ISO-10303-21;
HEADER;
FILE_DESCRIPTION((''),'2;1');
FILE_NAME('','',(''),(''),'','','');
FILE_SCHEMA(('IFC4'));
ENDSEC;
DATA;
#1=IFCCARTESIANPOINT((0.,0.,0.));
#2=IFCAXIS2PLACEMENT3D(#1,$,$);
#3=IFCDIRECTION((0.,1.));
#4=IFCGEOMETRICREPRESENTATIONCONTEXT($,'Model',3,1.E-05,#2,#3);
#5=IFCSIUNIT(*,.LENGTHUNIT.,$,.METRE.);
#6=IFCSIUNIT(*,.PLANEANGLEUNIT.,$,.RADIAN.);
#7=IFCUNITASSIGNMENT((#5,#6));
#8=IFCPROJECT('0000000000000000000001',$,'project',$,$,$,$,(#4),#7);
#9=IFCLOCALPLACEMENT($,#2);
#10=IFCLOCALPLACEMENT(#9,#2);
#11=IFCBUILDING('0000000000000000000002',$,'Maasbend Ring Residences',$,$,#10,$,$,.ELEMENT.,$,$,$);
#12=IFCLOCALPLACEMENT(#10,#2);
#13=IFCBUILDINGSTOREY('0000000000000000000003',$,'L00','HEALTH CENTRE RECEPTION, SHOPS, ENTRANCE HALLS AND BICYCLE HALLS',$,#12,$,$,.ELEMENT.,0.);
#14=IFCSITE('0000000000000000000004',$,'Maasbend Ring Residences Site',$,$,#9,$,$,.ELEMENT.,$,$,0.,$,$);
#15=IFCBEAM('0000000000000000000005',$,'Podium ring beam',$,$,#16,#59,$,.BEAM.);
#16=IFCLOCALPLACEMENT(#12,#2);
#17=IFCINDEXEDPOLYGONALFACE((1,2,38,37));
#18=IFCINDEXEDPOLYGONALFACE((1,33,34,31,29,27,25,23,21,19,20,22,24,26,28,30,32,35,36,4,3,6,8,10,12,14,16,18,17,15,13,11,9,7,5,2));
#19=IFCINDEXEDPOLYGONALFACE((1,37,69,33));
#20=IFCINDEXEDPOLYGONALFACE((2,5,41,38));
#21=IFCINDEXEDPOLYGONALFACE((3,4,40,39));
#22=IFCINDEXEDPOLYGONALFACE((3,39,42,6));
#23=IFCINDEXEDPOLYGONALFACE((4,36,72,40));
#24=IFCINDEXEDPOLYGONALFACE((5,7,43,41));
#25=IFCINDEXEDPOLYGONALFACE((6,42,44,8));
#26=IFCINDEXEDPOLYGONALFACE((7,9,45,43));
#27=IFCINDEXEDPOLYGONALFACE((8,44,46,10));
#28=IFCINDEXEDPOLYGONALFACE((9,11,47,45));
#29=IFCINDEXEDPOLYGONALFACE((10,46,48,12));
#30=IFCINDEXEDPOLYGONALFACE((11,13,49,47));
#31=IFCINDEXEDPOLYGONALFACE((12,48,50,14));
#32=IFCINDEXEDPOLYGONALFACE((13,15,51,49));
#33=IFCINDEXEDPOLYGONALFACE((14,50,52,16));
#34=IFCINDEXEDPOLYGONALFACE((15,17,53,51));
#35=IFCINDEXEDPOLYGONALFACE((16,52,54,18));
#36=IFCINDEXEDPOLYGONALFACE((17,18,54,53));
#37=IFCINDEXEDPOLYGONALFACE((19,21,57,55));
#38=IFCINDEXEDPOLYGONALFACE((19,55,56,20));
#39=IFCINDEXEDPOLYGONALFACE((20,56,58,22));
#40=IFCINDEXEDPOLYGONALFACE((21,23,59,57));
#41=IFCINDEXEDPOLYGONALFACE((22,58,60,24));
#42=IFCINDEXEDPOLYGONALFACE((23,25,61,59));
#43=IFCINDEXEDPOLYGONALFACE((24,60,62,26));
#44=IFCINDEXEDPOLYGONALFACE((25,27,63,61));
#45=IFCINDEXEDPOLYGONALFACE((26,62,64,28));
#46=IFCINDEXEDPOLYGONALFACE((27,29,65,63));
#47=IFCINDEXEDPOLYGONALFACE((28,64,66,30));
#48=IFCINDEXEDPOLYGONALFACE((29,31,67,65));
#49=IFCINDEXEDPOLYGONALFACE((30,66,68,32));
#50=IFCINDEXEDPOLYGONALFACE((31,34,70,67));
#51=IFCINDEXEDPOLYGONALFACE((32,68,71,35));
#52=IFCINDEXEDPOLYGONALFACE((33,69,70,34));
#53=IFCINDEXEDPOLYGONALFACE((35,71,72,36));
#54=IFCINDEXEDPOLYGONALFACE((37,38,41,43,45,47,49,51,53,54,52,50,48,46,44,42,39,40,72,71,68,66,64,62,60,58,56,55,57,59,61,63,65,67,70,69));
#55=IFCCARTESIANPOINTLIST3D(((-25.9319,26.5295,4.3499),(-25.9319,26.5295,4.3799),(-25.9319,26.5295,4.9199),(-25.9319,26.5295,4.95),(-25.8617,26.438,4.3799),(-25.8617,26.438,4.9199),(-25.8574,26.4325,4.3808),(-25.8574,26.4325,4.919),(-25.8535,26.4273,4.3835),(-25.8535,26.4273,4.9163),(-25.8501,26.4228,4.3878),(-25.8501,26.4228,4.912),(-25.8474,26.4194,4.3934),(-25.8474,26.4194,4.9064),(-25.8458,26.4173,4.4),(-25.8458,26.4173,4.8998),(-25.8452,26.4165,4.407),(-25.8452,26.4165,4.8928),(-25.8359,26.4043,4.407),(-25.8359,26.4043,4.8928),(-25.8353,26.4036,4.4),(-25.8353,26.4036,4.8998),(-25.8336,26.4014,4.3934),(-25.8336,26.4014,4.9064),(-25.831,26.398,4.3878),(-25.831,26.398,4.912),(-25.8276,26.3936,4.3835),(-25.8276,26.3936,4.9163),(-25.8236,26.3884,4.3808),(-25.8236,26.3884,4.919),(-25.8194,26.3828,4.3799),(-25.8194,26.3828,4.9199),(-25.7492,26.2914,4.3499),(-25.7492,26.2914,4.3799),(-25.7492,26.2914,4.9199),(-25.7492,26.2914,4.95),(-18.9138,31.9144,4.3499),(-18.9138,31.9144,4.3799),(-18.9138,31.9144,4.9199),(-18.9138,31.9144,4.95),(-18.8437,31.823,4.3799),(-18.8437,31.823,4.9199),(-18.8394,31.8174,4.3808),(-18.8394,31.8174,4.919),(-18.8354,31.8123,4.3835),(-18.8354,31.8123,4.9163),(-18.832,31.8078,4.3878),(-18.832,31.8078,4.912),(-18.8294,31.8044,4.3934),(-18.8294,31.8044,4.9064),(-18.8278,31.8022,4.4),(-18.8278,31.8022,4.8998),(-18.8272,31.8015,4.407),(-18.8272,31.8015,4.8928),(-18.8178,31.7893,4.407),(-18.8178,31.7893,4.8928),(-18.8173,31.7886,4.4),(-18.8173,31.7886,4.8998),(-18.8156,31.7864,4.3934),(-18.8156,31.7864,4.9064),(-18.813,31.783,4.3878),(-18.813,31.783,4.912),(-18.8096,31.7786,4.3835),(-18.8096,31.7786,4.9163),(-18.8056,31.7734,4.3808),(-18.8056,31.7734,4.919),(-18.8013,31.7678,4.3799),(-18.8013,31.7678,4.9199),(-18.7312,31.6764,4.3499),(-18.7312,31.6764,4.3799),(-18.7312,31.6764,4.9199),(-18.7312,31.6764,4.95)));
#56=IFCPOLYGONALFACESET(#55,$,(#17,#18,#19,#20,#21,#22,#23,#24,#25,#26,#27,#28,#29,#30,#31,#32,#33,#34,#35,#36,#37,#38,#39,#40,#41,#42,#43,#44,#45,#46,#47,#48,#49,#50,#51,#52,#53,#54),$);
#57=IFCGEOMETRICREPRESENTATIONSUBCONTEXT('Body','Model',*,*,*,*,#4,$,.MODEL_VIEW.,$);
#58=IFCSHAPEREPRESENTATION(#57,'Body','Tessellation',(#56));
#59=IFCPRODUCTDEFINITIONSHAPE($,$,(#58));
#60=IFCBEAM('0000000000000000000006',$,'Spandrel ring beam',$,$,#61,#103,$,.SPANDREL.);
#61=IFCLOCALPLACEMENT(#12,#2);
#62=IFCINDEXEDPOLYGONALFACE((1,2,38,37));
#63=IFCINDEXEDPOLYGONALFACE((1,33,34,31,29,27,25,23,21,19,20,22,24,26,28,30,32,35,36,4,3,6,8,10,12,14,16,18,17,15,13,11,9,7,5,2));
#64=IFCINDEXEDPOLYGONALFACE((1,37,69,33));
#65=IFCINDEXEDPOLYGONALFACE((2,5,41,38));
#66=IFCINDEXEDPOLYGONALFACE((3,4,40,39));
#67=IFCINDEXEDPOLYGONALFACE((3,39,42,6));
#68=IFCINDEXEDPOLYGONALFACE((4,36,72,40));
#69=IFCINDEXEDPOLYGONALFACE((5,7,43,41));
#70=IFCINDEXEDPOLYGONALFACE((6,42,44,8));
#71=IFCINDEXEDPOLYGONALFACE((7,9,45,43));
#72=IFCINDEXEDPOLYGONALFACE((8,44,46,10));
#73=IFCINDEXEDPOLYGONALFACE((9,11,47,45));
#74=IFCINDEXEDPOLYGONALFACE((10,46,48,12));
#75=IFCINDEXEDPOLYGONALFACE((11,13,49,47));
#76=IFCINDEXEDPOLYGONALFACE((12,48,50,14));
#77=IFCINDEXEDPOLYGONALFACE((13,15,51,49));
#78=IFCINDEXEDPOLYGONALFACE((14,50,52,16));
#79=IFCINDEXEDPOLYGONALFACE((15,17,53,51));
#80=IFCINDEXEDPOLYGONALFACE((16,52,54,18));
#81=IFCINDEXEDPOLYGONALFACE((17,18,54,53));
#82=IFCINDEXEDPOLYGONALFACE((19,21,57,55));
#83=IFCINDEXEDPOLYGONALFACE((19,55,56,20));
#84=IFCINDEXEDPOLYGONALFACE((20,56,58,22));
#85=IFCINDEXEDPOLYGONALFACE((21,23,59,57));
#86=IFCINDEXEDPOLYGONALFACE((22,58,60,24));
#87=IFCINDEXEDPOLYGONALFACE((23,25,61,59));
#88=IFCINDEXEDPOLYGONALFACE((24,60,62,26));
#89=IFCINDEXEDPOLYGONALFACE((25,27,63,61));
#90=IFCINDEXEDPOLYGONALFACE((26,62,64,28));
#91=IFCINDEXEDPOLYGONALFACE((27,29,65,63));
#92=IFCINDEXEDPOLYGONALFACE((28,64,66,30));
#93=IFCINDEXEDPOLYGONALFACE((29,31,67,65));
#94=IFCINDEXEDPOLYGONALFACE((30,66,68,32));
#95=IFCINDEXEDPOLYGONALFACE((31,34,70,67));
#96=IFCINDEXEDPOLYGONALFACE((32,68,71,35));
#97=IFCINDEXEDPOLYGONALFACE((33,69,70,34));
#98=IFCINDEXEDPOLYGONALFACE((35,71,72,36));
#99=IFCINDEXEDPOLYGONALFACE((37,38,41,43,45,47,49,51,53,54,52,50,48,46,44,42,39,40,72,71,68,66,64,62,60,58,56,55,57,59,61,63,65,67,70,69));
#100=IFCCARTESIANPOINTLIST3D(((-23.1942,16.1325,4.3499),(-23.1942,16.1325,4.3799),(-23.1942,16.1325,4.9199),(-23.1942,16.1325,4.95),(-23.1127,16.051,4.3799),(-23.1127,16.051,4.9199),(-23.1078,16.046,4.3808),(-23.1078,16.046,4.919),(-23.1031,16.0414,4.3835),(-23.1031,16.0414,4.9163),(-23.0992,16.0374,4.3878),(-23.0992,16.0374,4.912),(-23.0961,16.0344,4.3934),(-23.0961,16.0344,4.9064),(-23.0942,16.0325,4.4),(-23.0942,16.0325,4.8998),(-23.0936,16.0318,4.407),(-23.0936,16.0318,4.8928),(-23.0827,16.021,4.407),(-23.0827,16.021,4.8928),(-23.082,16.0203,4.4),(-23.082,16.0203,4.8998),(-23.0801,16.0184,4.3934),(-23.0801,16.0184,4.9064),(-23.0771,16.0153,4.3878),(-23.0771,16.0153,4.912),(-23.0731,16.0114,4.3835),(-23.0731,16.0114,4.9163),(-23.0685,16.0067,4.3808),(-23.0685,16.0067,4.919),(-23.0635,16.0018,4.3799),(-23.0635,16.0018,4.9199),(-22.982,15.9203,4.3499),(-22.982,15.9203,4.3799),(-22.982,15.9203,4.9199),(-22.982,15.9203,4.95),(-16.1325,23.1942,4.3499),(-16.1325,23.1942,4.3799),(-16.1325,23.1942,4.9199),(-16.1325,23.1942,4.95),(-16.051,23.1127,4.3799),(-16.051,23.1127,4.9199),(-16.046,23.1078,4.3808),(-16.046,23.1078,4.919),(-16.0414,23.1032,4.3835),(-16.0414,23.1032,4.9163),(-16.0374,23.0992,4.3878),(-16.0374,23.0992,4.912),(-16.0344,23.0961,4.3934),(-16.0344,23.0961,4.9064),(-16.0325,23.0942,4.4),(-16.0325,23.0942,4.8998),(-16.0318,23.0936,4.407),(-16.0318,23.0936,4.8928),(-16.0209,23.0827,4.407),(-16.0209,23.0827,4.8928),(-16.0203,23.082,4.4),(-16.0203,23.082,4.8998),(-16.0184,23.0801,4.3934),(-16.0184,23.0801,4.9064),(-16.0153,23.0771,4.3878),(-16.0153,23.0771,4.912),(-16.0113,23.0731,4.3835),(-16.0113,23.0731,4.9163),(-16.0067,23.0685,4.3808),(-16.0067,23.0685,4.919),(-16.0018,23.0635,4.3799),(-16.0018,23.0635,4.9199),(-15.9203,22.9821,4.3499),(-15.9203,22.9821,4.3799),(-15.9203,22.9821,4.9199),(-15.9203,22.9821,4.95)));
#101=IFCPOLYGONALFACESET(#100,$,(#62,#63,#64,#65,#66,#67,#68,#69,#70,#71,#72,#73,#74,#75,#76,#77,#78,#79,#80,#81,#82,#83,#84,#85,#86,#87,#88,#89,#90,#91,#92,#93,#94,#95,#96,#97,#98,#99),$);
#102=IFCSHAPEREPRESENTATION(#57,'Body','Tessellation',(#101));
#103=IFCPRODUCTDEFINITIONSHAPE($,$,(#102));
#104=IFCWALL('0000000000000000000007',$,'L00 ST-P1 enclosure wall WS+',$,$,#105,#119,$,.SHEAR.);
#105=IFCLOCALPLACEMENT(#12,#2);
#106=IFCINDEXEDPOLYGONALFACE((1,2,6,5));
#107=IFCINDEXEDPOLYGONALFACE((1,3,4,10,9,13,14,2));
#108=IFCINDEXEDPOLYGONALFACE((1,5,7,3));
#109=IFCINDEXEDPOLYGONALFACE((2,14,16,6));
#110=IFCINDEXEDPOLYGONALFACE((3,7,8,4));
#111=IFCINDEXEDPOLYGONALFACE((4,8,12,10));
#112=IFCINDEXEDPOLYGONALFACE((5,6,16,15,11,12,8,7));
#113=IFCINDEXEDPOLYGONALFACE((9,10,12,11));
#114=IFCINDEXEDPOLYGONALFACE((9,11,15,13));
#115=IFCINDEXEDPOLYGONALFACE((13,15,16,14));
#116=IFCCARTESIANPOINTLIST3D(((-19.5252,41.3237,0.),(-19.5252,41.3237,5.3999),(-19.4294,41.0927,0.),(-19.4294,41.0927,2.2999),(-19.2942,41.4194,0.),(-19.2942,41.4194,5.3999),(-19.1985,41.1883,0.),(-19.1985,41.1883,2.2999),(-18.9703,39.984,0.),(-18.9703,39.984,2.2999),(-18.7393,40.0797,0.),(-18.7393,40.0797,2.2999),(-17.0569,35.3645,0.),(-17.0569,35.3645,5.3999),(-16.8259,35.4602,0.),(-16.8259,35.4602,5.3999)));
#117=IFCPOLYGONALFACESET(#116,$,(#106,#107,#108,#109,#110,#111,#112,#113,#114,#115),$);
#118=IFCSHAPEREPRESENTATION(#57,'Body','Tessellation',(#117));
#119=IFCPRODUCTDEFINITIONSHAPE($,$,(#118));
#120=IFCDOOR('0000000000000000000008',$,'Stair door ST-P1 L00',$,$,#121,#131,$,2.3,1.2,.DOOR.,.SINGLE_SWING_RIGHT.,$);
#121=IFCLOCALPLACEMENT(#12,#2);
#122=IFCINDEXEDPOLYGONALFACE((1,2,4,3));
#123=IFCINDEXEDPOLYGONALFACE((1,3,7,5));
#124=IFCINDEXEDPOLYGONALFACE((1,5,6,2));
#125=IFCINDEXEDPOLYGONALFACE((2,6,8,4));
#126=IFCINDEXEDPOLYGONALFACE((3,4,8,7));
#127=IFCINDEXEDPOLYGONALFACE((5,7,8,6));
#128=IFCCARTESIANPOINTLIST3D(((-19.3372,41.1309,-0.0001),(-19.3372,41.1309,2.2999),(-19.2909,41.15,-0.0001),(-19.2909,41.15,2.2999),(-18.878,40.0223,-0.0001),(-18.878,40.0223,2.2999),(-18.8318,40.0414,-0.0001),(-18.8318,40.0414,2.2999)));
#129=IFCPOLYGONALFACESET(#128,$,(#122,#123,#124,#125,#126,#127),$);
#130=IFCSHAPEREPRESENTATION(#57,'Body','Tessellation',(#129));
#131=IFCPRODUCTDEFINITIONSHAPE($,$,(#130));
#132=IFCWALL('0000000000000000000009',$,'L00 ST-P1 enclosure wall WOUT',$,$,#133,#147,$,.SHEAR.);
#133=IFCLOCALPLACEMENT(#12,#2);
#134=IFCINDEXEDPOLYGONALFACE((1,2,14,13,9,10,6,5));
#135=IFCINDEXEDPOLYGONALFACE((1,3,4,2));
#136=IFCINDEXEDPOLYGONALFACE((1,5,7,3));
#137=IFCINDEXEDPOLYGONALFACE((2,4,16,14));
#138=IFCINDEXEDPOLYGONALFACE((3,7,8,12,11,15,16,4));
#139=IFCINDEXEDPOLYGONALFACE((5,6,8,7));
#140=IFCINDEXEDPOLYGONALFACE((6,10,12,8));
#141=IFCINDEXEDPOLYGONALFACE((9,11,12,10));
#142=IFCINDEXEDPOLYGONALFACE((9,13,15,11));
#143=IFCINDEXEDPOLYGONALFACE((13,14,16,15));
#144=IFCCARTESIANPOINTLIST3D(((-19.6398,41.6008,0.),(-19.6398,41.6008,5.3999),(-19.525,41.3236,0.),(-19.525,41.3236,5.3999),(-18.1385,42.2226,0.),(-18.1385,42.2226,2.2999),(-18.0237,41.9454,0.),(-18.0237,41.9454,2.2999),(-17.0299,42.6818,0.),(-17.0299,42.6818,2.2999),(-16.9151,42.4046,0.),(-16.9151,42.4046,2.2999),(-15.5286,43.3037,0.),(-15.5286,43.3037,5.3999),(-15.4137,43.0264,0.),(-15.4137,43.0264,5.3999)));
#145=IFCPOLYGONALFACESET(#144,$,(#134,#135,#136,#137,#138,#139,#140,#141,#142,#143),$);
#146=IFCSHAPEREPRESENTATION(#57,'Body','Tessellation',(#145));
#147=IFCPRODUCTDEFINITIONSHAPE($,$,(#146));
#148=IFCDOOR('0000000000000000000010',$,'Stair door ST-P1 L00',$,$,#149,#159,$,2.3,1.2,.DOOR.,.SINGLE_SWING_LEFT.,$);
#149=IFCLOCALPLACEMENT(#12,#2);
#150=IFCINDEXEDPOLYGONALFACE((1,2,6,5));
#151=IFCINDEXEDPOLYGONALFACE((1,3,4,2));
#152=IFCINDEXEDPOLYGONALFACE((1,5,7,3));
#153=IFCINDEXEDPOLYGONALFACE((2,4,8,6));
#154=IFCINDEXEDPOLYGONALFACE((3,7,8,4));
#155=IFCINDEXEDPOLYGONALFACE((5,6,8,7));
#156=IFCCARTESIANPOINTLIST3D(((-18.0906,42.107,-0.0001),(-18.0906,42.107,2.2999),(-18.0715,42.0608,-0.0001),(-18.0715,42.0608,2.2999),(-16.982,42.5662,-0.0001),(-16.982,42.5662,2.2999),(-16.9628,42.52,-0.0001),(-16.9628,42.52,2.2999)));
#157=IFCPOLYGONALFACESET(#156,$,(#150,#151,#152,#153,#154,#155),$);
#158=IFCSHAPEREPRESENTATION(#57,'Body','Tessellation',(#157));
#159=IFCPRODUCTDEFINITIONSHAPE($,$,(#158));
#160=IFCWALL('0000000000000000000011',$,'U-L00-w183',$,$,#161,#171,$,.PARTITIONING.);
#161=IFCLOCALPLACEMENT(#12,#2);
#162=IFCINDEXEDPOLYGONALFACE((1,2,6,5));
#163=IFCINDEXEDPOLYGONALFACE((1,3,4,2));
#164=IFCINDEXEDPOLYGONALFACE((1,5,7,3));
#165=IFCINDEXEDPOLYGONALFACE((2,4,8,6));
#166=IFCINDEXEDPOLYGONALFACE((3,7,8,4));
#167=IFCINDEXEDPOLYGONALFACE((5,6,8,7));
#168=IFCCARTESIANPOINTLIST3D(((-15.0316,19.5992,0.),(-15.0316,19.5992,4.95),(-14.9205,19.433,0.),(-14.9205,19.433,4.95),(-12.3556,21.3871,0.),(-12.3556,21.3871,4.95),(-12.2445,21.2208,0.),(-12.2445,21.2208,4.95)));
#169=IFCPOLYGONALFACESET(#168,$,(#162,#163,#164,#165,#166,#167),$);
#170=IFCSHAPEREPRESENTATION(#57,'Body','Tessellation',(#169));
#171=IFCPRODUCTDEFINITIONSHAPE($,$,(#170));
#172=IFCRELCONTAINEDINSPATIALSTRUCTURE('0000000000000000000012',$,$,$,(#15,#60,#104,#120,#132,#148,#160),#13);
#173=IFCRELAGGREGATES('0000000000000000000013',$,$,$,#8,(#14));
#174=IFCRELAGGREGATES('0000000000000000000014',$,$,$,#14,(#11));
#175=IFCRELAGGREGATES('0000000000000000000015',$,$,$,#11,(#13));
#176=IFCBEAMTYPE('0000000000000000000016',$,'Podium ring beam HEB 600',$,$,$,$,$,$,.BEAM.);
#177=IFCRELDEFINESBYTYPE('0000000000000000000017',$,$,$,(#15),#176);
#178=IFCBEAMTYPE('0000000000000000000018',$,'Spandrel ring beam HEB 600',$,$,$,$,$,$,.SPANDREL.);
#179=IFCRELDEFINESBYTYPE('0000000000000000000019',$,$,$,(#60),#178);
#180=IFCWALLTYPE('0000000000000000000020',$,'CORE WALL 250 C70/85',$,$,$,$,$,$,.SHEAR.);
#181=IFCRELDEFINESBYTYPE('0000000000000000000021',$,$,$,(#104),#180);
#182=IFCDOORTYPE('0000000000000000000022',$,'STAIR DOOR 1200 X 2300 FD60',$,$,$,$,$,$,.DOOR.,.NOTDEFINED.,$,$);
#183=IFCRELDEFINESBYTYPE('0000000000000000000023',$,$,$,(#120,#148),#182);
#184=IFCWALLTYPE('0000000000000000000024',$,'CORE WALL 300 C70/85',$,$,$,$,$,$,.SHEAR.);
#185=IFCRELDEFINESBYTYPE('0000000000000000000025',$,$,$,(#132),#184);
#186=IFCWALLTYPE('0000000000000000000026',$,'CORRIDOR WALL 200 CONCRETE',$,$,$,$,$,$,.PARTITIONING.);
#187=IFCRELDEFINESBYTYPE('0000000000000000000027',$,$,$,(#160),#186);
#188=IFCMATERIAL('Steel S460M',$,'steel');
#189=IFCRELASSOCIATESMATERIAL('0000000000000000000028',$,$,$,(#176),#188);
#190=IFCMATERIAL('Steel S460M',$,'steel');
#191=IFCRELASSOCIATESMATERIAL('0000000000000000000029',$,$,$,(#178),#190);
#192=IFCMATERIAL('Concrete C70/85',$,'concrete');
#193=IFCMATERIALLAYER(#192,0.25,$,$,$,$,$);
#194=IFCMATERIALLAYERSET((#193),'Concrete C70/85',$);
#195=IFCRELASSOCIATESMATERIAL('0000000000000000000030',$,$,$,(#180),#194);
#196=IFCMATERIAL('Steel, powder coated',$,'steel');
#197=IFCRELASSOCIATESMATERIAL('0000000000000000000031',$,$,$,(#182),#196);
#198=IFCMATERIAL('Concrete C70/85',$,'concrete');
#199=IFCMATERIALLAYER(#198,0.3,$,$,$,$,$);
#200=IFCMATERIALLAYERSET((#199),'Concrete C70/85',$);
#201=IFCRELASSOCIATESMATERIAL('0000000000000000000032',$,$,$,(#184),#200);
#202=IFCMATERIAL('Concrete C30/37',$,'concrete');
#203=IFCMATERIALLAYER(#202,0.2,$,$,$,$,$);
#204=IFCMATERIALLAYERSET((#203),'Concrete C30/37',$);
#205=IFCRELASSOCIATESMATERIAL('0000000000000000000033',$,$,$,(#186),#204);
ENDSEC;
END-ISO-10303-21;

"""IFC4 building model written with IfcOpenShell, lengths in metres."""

from ifc_helpers import new_model, si_unit, direction, frame, frame_2d, origin, origin_2d, place, context, subcontext, project, spatial, rectangle, i_section, extrude, material, layer, layer_set, material_profile, profile_set, type_object, element, fill, save


model = new_model("IFC4")

# Units and contexts
model_context = context("Model", 3, precision=1e-05, world=origin(), true_north=direction((0.0, 1.0)))
body_context = subcontext(model_context, "Body", "Model", "MODEL_VIEW")
ifc_project = project(units=[si_unit("LENGTHUNIT", "METRE"), si_unit("PLANEANGLEUNIT", "RADIAN")], contexts=[model_context])

# Site, building, storey
site_placement = place(None, origin())
site = spatial("IfcSite", under=ifc_project, at=site_placement, Name="Maasbend Ring Residences Site", CompositionType="ELEMENT", RefElevation=0.0)
building_placement = place(site_placement, origin())
building = spatial("IfcBuilding", under=site, at=building_placement, Name="Maasbend Ring Residences", CompositionType="ELEMENT")
storey_placement = place(building_placement, origin())
storey = spatial("IfcBuildingStorey", under=building, at=storey_placement, Name="L00", Description="HEALTH CENTRE RECEPTION, SHOPS, ENTRANCE HALLS AND BICYCLE HALLS", CompositionType="ELEMENT", Elevation=0.0)

# Beams
ifc_material_1 = material(Name="Steel S460M", Category="steel")
ifc_material_profile_1 = material_profile(ifc_material_1, i_section(OverallWidth=0.3, OverallDepth=0.6001, WebThickness=0.0154, FlangeThickness=0.03, FilletRadius=0.0271, at=origin_2d()), Name="HEB 600")
ifc_profile_set_1 = profile_set([ifc_material_profile_1], Name="Steel S460M")
beam_type_1 = type_object("IfcBeamType", Name="Podium ring beam HEB 600", PredefinedType="BEAM", material=ifc_profile_set_1)
beam_1_placement = place(storey_placement, frame((-18.8225, 31.7954, 4.6499), z_axis=(-0.793361, -0.608751, 0.0), x_axis=(0.608751, -0.793361, 0.0)))
element("IfcBeam", 1, at=beam_1_placement, inside=storey, type_object=beam_type_1, Name="Podium ring beam", PredefinedType="BEAM", context=body_context, shape_type="SweptSolid", body=[
    extrude(i_section(OverallWidth=0.3, OverallDepth=0.6001, WebThickness=0.0154, FlangeThickness=0.03, FilletRadius=0.0271, at=origin_2d()), origin(), (0.0, 0.0, 1.0), 8.8459),
])
ifc_material_2 = material(Name="Steel S460M", Category="steel")
ifc_material_profile_2 = material_profile(ifc_material_2, i_section(OverallWidth=0.3, OverallDepth=0.6001, WebThickness=0.0154, FlangeThickness=0.03, FilletRadius=0.0271, at=origin_2d()), Name="HEB 600")
ifc_profile_set_2 = profile_set([ifc_material_profile_2], Name="Steel S460M")
beam_type_2 = type_object("IfcBeamType", Name="Spandrel ring beam HEB 600", PredefinedType="SPANDREL", material=ifc_profile_set_2)
beam_2_placement = place(storey_placement, frame((-16.0264, 23.0881, 4.6499), z_axis=(-0.707107, -0.707107, 0.0), x_axis=(0.707107, -0.707107, 0.0)))
element("IfcBeam", 2, at=beam_2_placement, inside=storey, type_object=beam_type_2, Name="Spandrel ring beam", PredefinedType="SPANDREL", context=body_context, shape_type="SweptSolid", body=[
    extrude(i_section(OverallWidth=0.3, OverallDepth=0.6001, WebThickness=0.0154, FlangeThickness=0.03, FilletRadius=0.0271, at=origin_2d()), origin(), (0.0, 0.0, 1.0), 9.9868),
])

# Walls, openings, doors
ifc_material_3 = material(Name="Concrete C70/85", Category="concrete")
ifc_layer_1 = layer(ifc_material_3, 0.25)
ifc_layer_set_1 = layer_set([ifc_layer_1], Name="Concrete C70/85")
wall_type_1 = type_object("IfcWallType", Name="CORE WALL 250 C70/85", PredefinedType="SHEAR", material=ifc_layer_set_1)
wall_1_placement = place(storey_placement, frame((-19.4097, 41.3716, 0.0), z_axis=(0.0, 0.0, 1.0), x_axis=(0.382666, -0.923887, 0.0)))
wall_1 = element("IfcWall", 3, at=wall_1_placement, inside=storey, type_object=wall_type_1, Name="L00 ST-P1 enclosure wall WS+", PredefinedType="SHEAR", context=body_context, shape_type="SweptSolid", body=[
    extrude(rectangle(XDim=6.4502, YDim=0.25, at=frame_2d((3.2251, 0.0))), origin(), (0.0, 0.0, 1.0), 5.3999),
])
opening_1_placement = place(wall_1_placement, frame((0.25, 0.0, 0.0)))
opening_1 = element("IfcOpeningElement", 4, at=opening_1_placement, cuts=wall_1, PredefinedType="OPENING", context=body_context, shape_type="SweptSolid", body=[
    extrude(rectangle(XDim=1.2, YDim=2.3, at=frame_2d((0.6001, 1.1499))), frame((0.0, 0.135, 0.0), z_axis=(0.0, -1.0, 0.0), x_axis=(1.0, 0.0, 0.0)), (0.0, 0.0, 1.0), 0.27),
])
ifc_material_4 = material(Name="Steel, powder coated", Category="steel")
door_type_1 = type_object("IfcDoorType", Name="STAIR DOOR 1200 X 2300 FD60", OperationType="NOTDEFINED", PredefinedType="DOOR", material=ifc_material_4)
door_1_placement = place(opening_1_placement, origin())
door_1 = element("IfcDoor", 5, at=door_1_placement, inside=storey, type_object=door_type_1, Name="Stair door ST-P1 L00", OperationType="SINGLE_SWING_RIGHT", OverallHeight=2.3, OverallWidth=1.2, PredefinedType="DOOR", context=body_context, shape_type="SweptSolid", body=[
    extrude(rectangle(XDim=1.2, YDim=2.3, at=frame_2d((0.6001, 1.1499))), frame((0.0, 0.0249, 0.0), z_axis=(0.0, -1.0, 0.0), x_axis=(1.0, 0.0, 0.0)), (0.0, 0.0, 1.0), 0.05),
])
fill(opening_1, door_1)
ifc_material_5 = material(Name="Concrete C70/85", Category="concrete")
ifc_layer_2 = layer(ifc_material_5, 0.3)
ifc_layer_set_2 = layer_set([ifc_layer_2], Name="Concrete C70/85")
wall_type_2 = type_object("IfcWallType", Name="CORE WALL 300 C70/85", PredefinedType="SHEAR", material=ifc_layer_set_2)
wall_2_placement = place(storey_placement, frame((-19.5825, 41.4622, 0.0), z_axis=(0.0, 0.0, 1.0), x_axis=(0.923886, 0.382667, 0.0)))
wall_2 = element("IfcWall", 6, at=wall_2_placement, inside=storey, type_object=wall_type_2, Name="L00 ST-P1 enclosure wall WOUT", PredefinedType="SHEAR", context=body_context, shape_type="SweptSolid", body=[
    extrude(rectangle(XDim=4.45, YDim=0.3, at=frame_2d((2.2251, 0.0))), origin(), (0.0, 0.0, 1.0), 5.3999),
])
opening_2_placement = place(wall_2_placement, frame((1.625, 0.0, 0.0)))
opening_2 = element("IfcOpeningElement", 7, at=opening_2_placement, cuts=wall_2, PredefinedType="OPENING", context=body_context, shape_type="SweptSolid", body=[
    extrude(rectangle(XDim=1.2, YDim=2.3, at=frame_2d((0.6001, 1.1499))), frame((0.0, 0.1602, 0.0), z_axis=(0.0, -1.0, 0.0), x_axis=(1.0, 0.0, 0.0)), (0.0, 0.0, 1.0), 0.3201),
])
door_2_placement = place(opening_2_placement, origin())
door_2 = element("IfcDoor", 8, at=door_2_placement, inside=storey, type_object=door_type_1, Name="Stair door ST-P1 L00", OperationType="SINGLE_SWING_LEFT", OverallHeight=2.3, OverallWidth=1.2, PredefinedType="DOOR", context=body_context, shape_type="SweptSolid", body=[
    extrude(rectangle(XDim=1.2, YDim=2.3, at=frame_2d((0.6001, 1.1499))), frame((0.0, 0.0249, 0.0), z_axis=(0.0, -1.0, 0.0), x_axis=(1.0, 0.0, 0.0)), (0.0, 0.0, 1.0), 0.05),
])
fill(opening_2, door_2)

# Wall
ifc_material_6 = material(Name="Concrete C30/37", Category="concrete")
ifc_layer_3 = layer(ifc_material_6, 0.2)
ifc_layer_set_3 = layer_set([ifc_layer_3], Name="Concrete C30/37")
wall_type_3 = type_object("IfcWallType", Name="CORRIDOR WALL 200 CONCRETE", PredefinedType="PARTITIONING", material=ifc_layer_set_3)
wall_3_placement = place(storey_placement, frame((-14.9761, 19.5161, 0.0), z_axis=(0.0, 0.0, 1.0), x_axis=(0.831501, 0.555523, 0.0)))
element("IfcWall", 9, at=wall_3_placement, inside=storey, type_object=wall_type_3, Name="U-L00-w183", PredefinedType="PARTITIONING", context=body_context, shape_type="SweptSolid", body=[
    extrude(rectangle(XDim=3.2183, YDim=0.2, at=frame_2d((1.6091, 0.0))), origin(), (0.0, 0.0, 1.0), 4.95),
])

save(model, "model.ifc")
